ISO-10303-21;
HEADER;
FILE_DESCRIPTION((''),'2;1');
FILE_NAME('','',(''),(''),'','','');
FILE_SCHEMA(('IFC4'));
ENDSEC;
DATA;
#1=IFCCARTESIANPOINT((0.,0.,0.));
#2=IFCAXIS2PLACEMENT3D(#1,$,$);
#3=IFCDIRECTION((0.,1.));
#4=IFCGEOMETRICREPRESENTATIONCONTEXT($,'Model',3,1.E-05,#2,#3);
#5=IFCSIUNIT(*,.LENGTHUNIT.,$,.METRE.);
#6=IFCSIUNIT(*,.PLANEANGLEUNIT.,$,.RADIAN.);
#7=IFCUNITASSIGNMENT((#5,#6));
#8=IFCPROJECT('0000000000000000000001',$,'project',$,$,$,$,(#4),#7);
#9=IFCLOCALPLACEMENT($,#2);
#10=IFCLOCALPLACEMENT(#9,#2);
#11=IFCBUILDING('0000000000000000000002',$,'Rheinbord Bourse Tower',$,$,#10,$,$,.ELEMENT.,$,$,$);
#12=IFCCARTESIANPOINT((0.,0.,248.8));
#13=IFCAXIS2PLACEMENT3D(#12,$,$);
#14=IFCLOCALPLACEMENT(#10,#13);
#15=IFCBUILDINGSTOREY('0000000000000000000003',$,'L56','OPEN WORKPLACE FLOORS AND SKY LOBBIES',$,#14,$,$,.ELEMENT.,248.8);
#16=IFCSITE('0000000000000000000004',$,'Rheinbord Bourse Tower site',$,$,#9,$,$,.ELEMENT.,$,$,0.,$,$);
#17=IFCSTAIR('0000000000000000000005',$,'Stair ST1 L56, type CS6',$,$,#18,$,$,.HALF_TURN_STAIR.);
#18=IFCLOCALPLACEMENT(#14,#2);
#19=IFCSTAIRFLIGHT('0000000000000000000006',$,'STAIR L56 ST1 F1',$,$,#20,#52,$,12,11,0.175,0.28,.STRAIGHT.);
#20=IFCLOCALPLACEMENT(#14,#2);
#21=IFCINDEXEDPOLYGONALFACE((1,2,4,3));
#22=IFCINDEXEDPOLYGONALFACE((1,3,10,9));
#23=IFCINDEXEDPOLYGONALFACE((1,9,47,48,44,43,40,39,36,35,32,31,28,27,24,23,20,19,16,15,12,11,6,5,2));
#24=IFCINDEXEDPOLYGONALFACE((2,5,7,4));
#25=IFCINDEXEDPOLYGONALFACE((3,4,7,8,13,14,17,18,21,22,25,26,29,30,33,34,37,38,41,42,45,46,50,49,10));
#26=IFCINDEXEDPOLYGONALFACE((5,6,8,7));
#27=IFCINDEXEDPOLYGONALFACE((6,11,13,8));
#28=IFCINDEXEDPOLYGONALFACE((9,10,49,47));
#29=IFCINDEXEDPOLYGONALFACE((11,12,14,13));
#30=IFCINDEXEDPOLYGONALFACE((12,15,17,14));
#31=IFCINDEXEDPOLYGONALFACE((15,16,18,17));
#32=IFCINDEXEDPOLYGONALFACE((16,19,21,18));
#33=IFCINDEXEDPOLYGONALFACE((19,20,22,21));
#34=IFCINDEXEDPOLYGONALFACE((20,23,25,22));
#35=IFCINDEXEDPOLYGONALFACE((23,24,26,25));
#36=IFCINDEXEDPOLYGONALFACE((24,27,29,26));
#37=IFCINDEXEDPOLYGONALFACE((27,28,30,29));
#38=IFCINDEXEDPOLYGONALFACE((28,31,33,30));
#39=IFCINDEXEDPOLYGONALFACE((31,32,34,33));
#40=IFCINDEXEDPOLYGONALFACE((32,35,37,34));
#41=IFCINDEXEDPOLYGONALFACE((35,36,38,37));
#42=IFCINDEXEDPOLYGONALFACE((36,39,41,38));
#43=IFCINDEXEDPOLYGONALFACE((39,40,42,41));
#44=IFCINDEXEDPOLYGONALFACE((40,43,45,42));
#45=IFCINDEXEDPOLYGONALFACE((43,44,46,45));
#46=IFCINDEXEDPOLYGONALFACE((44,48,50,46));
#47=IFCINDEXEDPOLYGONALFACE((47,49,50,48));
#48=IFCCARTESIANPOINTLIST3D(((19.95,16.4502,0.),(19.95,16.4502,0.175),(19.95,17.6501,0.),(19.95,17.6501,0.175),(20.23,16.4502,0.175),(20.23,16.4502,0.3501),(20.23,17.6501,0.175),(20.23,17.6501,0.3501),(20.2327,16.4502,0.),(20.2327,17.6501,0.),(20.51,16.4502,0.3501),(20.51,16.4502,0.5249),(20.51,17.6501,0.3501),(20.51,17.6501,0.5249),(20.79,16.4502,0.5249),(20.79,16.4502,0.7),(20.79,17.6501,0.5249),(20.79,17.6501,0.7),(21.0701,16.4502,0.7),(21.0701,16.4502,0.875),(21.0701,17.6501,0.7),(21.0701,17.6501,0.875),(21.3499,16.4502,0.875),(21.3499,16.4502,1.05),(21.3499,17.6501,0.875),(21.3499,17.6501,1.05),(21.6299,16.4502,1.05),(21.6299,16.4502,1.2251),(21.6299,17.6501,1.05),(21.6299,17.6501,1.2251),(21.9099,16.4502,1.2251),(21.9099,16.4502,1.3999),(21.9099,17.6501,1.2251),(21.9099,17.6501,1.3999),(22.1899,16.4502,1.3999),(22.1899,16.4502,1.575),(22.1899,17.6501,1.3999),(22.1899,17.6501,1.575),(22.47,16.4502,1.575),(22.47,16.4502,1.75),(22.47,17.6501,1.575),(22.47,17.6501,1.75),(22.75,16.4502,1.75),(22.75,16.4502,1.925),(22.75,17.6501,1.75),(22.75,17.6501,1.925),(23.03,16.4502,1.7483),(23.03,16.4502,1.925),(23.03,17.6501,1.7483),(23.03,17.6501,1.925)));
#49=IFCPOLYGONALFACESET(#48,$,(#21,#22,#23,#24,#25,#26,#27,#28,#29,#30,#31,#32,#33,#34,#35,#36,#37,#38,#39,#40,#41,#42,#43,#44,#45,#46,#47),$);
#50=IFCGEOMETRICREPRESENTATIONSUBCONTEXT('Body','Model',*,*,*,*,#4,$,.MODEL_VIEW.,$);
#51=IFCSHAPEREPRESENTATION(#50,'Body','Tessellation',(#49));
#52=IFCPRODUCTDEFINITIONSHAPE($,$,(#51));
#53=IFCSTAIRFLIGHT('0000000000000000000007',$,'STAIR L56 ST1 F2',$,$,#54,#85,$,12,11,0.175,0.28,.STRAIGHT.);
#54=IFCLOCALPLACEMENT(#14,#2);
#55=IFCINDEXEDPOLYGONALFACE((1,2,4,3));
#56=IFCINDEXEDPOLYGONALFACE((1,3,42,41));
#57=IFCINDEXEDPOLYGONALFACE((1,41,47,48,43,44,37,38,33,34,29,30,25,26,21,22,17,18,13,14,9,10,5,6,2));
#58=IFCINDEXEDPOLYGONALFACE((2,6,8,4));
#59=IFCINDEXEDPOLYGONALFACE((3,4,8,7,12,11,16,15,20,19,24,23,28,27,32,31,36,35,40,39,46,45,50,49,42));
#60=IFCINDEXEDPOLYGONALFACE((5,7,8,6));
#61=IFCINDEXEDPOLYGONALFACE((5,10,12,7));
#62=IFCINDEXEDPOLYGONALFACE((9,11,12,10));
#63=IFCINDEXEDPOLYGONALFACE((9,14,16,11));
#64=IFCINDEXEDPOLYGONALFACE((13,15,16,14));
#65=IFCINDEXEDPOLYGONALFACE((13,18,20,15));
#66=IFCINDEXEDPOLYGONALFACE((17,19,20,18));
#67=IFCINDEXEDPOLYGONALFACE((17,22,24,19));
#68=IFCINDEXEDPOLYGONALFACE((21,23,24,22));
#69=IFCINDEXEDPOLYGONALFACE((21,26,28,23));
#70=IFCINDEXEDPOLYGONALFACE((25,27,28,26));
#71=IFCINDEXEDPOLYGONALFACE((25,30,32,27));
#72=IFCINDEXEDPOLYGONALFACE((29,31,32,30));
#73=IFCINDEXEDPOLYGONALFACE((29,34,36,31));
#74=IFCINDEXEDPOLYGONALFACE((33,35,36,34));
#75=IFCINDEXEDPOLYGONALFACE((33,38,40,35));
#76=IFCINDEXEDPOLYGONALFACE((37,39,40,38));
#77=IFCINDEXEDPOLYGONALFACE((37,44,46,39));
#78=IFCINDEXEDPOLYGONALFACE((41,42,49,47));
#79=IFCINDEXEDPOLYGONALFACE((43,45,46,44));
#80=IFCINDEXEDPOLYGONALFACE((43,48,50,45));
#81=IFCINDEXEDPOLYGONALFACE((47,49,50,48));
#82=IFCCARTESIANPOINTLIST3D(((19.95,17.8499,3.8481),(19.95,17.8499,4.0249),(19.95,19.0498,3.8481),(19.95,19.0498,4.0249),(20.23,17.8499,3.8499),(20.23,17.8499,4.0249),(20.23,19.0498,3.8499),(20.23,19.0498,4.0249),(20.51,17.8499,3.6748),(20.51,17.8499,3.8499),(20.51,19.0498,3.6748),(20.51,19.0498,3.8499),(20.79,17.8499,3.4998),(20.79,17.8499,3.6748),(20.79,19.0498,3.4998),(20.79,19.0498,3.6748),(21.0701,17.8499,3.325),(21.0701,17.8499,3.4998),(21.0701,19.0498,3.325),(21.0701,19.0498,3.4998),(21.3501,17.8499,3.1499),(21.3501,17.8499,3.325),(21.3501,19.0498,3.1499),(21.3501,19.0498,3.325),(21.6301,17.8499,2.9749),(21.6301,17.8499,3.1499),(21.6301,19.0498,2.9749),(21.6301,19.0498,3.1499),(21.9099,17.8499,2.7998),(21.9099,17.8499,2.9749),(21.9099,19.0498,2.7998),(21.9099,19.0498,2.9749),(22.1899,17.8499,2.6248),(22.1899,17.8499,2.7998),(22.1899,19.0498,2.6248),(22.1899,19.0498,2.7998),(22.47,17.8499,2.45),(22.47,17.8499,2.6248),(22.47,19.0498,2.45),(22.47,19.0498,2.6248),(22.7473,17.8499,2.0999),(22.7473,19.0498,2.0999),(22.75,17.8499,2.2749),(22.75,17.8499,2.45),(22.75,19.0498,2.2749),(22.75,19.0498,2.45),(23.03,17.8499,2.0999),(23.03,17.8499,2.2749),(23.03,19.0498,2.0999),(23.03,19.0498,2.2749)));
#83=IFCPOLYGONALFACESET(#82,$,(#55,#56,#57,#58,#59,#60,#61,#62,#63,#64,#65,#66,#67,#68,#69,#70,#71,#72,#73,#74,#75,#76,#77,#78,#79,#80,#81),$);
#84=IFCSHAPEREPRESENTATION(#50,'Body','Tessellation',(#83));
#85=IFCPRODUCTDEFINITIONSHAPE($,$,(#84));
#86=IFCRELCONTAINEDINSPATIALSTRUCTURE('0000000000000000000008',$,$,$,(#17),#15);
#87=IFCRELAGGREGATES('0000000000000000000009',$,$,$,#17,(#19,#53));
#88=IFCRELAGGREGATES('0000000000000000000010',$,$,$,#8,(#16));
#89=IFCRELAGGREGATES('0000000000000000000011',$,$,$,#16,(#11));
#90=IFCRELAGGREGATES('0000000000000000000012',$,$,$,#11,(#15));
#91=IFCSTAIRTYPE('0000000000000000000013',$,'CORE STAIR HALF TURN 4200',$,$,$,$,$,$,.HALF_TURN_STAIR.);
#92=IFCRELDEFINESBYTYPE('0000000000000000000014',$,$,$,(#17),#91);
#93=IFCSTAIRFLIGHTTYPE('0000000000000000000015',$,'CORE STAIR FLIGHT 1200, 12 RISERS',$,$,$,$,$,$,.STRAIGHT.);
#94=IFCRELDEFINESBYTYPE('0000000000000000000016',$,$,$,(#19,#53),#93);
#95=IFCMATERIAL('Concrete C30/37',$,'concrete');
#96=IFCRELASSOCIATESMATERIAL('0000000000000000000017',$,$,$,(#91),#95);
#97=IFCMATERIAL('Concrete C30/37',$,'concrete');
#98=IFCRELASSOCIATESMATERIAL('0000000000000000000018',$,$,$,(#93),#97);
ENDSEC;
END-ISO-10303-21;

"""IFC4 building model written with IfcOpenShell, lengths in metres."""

from ifc_helpers import new_model, si_unit, direction, frame, origin, place, context, subcontext, project, spatial, polyline, outline, extrude, material, type_object, element, aggregate, save


model = new_model("IFC4")

# Units and contexts
model_context = context("Model", 3, precision=1e-05, world=origin(), true_north=direction((0.0, 1.0)))
body_context = subcontext(model_context, "Body", "Model", "MODEL_VIEW")
ifc_project = project(units=[si_unit("LENGTHUNIT", "METRE"), si_unit("PLANEANGLEUNIT", "RADIAN")], contexts=[model_context])

# Site, building, storey
site_placement = place(None, origin())
site = spatial("IfcSite", under=ifc_project, at=site_placement, Name="Rheinbord Bourse Tower site", CompositionType="ELEMENT", RefElevation=0.0)
building_placement = place(site_placement, origin())
building = spatial("IfcBuilding", under=site, at=building_placement, Name="Rheinbord Bourse Tower", CompositionType="ELEMENT")
storey_placement = place(building_placement, frame((0.0, 0.0, 248.8)))
storey = spatial("IfcBuildingStorey", under=building, at=storey_placement, Name="L56", Description="OPEN WORKPLACE FLOORS AND SKY LOBBIES", CompositionType="ELEMENT", Elevation=248.8)

# Stair, stair flights
ifc_material_1 = material(Name="Concrete C30/37", Category="concrete")
stair_type = type_object("IfcStairType", Name="CORE STAIR HALF TURN 4200", PredefinedType="HALF_TURN_STAIR", material=ifc_material_1)
stair_placement = place(storey_placement, origin())
stair = element("IfcStair", 1, at=stair_placement, inside=storey, type_object=stair_type, Name="Stair ST1 L56, type CS6", PredefinedType="HALF_TURN_STAIR")
ifc_material_2 = material(Name="Concrete C30/37", Category="concrete")
stair_flight_type = type_object("IfcStairFlightType", Name="CORE STAIR FLIGHT 1200, 12 RISERS", PredefinedType="STRAIGHT", material=ifc_material_2)
stair_flight_1_placement = place(storey_placement, frame((19.95, 17.05, 0.0), z_axis=(0.0, 0.0, 1.0), x_axis=(1.0, 0.0, 0.0)))
stair_flight_1 = element("IfcStairFlight", 2, at=stair_flight_1_placement, type_object=stair_flight_type, Name="STAIR L56 ST1 F1", NumberOfRisers=12, NumberOfTreads=11, PredefinedType="STRAIGHT", RiserHeight=0.175, TreadLength=0.28, context=body_context, shape_type="SweptSolid", body=[
    extrude(outline(polyline([(0.0, 0.0), (0.0, 0.175), (0.28, 0.175), (0.28, 0.3501), (0.5601, 0.3501), (0.5601, 0.5249), (0.8401, 0.5249), (0.8401, 0.7), (1.1201, 0.7), (1.1201, 0.875), (1.3999, 0.875), (1.3999, 1.05), (1.6799, 1.05), (1.6799, 1.2251), (1.96, 1.2251), (1.96, 1.3999), (2.24, 1.3999), (2.24, 1.575), (2.52, 1.575), (2.52, 1.75), (2.8, 1.75), (2.8, 1.925), (3.0801, 1.925), (3.0801, 2.1001), (3.0801, 1.7483), (0.2827, 0.0), (0.0, 0.0)])), frame((0.0, 0.6001, 0.0), z_axis=(0.0, -1.0, 0.0), x_axis=(1.0, 0.0, 0.0)), (0.0, 0.0, 1.0), 1.2),
])
stair_flight_2_placement = place(storey_placement, frame((23.03, 18.45, 2.0999), z_axis=(0.0, 0.0, 1.0), x_axis=(-1.0, 0.0, 0.0)))
stair_flight_2 = element("IfcStairFlight", 3, at=stair_flight_2_placement, type_object=stair_flight_type, Name="STAIR L56 ST1 F2", NumberOfRisers=12, NumberOfTreads=11, PredefinedType="STRAIGHT", RiserHeight=0.175, TreadLength=0.28, context=body_context, shape_type="SweptSolid", body=[
    extrude(outline(polyline([(0.0, 0.0), (0.0, 0.175), (0.28, 0.175), (0.28, 0.3501), (0.5601, 0.3501), (0.5601, 0.5249), (0.8401, 0.5249), (0.8401, 0.7), (1.1201, 0.7), (1.1201, 0.875), (1.3999, 0.875), (1.3999, 1.05), (1.6799, 1.05), (1.6799, 1.2251), (1.96, 1.2251), (1.96, 1.3999), (2.24, 1.3999), (2.24, 1.575), (2.52, 1.575), (2.52, 1.75), (2.8, 1.75), (2.8, 1.925), (3.0801, 1.925), (3.0801, 2.1001), (3.0801, 1.7483), (0.2827, 0.0), (0.0, 0.0)])), frame((0.0, 0.6001, 0.0), z_axis=(0.0, -1.0, 0.0), x_axis=(1.0, 0.0, 0.0)), (0.0, 0.0, 1.0), 1.2),
])
aggregate(stair, [stair_flight_1, stair_flight_2])

save(model, "model.ifc")
